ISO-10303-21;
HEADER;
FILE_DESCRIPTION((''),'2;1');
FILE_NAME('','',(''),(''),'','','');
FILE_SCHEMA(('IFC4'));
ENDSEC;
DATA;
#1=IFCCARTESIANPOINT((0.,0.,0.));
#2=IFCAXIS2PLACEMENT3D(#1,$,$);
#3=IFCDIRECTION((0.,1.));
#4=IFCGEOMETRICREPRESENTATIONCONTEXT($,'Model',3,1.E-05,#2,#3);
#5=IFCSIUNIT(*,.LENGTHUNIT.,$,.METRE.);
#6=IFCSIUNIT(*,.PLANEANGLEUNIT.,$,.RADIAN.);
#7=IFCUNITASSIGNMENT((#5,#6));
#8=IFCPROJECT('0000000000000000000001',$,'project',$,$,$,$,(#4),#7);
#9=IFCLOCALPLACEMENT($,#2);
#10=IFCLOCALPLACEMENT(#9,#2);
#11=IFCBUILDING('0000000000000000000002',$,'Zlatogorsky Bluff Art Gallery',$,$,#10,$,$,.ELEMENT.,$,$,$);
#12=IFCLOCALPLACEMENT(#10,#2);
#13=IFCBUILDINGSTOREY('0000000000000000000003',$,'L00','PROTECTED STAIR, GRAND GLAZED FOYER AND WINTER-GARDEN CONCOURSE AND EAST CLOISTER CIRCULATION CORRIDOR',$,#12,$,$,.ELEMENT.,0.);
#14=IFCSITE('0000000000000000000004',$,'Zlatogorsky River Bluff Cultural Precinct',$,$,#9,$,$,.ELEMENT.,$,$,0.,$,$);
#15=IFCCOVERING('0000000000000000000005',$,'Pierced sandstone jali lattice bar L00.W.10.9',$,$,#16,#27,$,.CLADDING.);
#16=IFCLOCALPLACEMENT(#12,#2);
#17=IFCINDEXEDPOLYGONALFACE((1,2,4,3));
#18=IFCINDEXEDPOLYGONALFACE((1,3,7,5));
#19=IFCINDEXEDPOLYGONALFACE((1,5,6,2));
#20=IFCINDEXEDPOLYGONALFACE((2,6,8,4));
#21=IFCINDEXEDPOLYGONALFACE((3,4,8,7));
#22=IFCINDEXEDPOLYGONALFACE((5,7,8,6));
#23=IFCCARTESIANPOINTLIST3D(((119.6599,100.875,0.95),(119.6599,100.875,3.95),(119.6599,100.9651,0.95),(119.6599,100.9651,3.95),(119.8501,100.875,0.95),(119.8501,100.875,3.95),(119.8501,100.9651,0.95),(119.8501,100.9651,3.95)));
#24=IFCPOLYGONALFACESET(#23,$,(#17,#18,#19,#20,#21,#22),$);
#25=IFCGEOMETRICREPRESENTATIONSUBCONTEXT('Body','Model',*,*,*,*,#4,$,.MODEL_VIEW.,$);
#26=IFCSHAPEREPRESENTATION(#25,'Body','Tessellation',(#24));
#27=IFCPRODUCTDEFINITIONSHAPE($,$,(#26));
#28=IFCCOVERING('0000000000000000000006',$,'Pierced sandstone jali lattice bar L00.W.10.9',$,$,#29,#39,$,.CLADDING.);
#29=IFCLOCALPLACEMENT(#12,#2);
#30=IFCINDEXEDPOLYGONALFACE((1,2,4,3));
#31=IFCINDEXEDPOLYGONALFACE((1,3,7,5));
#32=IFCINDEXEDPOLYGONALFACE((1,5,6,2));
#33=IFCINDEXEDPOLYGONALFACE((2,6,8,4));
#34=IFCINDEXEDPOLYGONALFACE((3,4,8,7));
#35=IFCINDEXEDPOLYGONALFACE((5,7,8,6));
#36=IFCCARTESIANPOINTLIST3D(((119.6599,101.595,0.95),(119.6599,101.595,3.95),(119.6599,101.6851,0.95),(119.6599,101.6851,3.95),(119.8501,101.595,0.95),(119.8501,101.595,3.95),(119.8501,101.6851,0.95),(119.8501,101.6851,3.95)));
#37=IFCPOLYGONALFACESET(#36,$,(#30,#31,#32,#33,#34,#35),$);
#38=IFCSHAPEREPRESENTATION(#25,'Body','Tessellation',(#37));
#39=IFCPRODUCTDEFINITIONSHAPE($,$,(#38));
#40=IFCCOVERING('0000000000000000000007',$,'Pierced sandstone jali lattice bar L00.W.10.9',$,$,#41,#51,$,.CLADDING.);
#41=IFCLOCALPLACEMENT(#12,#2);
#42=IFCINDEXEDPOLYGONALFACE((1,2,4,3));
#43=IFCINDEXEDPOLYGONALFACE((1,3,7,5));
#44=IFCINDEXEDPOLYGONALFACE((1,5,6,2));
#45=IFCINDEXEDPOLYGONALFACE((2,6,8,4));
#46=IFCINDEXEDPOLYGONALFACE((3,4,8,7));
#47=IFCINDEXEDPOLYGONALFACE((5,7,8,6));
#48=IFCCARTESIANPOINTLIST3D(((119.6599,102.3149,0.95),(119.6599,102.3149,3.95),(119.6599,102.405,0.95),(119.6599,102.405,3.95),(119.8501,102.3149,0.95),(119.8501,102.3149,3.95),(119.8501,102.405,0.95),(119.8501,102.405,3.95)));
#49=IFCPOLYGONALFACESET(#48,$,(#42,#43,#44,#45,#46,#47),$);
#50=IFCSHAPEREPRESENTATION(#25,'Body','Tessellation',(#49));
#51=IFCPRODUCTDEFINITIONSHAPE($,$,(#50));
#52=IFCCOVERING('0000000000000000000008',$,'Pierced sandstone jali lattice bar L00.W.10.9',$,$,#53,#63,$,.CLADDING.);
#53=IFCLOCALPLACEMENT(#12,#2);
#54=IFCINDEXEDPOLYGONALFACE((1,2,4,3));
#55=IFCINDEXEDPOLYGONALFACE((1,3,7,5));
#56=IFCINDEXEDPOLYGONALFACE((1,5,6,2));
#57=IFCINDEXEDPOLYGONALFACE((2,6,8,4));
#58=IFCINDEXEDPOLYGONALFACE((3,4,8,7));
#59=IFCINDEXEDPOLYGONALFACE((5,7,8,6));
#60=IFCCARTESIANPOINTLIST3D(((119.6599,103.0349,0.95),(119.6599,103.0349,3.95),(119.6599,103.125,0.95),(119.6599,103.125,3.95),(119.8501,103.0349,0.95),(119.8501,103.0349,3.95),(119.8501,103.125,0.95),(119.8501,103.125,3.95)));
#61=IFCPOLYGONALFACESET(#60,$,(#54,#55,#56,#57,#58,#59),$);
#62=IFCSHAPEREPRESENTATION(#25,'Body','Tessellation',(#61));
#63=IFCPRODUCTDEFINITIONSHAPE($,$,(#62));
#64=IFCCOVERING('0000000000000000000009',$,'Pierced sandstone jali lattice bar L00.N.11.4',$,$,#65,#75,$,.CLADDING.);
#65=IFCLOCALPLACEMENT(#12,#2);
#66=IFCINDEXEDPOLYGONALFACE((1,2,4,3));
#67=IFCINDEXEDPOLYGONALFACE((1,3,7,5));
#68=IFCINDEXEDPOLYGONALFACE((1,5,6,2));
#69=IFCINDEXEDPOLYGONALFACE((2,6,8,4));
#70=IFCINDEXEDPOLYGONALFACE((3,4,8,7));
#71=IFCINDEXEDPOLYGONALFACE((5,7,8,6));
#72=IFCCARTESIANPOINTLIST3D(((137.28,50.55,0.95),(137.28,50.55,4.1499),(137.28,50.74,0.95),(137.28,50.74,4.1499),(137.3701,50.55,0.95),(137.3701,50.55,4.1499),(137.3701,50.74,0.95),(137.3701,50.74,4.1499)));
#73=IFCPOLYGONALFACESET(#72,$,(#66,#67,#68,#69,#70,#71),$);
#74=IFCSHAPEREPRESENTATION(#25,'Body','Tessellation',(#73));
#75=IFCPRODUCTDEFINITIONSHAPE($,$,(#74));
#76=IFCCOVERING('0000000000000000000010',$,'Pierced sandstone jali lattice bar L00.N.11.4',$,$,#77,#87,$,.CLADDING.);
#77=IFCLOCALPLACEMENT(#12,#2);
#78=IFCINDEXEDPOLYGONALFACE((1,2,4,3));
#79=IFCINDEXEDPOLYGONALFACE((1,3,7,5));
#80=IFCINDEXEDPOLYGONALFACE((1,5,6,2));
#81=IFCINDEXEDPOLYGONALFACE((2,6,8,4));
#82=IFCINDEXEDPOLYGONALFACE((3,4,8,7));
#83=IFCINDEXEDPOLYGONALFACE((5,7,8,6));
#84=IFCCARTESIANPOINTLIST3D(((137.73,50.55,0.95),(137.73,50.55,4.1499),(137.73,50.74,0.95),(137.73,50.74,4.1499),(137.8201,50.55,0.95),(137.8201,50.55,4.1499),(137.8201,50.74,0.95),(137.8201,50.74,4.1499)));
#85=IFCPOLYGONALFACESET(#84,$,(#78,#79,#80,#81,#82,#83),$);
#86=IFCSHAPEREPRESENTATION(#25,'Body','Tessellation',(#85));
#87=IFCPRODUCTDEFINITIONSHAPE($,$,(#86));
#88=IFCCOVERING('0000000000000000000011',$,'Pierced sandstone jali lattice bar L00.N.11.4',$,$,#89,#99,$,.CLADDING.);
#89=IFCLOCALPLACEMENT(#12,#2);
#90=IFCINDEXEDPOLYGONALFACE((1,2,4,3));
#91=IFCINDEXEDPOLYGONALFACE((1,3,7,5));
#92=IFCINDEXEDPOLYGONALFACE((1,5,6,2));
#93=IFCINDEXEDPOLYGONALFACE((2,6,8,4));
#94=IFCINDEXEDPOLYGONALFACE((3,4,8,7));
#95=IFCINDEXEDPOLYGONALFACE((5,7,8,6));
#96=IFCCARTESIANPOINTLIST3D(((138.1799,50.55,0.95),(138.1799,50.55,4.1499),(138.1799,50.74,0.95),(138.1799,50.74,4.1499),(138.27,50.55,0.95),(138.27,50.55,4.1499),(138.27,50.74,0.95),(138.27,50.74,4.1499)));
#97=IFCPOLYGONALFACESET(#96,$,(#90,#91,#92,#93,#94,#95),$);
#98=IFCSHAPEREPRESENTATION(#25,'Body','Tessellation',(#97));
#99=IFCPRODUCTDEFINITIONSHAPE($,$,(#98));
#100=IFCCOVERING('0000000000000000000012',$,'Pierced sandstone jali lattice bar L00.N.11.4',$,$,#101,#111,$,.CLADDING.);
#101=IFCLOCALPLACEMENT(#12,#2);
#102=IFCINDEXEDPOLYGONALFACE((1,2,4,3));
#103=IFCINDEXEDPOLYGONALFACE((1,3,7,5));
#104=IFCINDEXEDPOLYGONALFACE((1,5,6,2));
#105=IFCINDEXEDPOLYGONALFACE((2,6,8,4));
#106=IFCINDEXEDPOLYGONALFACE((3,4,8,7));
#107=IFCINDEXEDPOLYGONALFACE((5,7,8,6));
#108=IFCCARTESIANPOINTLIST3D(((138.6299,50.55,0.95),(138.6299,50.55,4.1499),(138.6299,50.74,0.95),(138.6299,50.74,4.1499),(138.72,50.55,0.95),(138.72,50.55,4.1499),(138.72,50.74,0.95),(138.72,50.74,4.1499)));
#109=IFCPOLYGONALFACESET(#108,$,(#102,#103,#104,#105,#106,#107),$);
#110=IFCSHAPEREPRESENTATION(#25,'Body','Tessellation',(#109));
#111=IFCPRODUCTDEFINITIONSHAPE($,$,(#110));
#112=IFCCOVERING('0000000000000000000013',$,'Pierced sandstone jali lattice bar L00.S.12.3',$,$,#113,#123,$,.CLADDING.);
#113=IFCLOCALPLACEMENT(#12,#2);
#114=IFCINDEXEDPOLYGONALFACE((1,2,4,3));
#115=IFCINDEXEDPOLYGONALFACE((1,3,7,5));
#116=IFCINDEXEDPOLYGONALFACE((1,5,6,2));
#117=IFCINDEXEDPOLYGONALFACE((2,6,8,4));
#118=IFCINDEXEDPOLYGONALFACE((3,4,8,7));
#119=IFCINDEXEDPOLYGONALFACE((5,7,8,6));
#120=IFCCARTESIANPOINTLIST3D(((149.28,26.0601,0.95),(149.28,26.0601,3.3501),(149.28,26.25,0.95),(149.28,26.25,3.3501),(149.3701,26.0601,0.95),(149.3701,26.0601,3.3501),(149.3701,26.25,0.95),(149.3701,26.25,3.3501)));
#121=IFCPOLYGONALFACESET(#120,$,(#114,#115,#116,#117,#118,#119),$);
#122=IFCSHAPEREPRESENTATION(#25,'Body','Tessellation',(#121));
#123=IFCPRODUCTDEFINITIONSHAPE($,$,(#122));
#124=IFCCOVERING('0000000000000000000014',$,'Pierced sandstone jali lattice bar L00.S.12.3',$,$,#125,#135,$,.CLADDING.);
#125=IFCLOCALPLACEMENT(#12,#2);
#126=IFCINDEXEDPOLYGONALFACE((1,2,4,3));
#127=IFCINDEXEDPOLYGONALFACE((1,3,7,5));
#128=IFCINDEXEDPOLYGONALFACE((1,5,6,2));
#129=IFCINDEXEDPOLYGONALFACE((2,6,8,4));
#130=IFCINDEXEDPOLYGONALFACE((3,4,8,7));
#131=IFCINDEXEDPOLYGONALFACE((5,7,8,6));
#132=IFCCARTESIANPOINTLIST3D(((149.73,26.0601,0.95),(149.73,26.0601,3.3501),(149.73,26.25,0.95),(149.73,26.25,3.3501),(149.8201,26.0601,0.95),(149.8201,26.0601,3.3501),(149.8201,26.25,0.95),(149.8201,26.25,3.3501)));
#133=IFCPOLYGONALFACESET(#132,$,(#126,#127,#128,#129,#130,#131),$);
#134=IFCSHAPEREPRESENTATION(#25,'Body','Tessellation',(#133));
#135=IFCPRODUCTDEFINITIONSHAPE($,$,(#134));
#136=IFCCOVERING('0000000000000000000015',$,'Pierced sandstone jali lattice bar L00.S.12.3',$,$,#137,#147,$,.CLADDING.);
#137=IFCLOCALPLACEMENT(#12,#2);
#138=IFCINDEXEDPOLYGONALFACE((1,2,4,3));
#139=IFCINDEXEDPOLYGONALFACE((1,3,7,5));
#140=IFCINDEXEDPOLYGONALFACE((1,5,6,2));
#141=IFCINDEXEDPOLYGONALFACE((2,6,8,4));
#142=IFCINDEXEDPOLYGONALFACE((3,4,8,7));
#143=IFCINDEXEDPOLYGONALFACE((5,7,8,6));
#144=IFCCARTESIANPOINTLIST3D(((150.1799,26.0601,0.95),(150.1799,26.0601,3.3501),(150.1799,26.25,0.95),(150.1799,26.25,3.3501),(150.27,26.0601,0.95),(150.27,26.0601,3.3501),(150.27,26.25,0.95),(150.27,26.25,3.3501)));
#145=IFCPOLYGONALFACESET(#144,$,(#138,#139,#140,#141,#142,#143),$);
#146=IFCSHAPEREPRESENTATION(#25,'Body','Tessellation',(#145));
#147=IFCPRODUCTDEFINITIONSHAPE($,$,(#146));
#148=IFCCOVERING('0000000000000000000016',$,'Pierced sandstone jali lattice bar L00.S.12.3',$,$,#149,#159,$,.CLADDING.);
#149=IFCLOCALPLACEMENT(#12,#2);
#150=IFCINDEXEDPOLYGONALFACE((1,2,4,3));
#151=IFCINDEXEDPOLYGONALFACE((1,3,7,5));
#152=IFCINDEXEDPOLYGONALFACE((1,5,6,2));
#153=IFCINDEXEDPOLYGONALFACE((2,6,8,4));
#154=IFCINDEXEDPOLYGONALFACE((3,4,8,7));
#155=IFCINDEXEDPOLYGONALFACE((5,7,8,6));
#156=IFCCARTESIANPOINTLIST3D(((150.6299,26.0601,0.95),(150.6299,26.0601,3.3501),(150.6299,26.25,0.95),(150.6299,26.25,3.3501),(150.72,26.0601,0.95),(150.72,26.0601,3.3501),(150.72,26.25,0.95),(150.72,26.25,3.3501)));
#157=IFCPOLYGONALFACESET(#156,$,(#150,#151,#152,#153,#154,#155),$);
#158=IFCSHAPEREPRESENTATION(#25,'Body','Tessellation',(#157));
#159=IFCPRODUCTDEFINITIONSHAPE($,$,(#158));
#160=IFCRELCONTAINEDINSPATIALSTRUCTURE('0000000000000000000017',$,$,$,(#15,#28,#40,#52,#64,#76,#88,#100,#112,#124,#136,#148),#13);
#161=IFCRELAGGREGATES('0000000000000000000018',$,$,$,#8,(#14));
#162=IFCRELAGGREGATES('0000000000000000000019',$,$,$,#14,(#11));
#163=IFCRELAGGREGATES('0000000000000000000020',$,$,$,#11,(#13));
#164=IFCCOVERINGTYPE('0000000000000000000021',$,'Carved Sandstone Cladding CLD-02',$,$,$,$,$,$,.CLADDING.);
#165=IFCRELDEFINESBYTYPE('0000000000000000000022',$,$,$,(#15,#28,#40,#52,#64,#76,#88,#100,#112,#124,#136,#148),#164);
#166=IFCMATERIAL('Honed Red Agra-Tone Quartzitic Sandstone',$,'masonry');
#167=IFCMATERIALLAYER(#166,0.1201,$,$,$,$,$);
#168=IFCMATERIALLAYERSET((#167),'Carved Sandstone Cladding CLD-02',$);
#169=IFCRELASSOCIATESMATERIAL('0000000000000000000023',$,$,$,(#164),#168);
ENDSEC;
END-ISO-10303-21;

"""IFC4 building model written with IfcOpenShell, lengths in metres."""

from ifc_helpers import new_model, si_unit, direction, frame, origin, place, context, subcontext, project, spatial, polyline, outline, extrude, material, layer, layer_set, type_object, element, save


model = new_model("IFC4")

# Units and contexts
model_context = context("Model", 3, precision=1e-05, world=origin(), true_north=direction((0.0, 1.0)))
body_context = subcontext(model_context, "Body", "Model", "MODEL_VIEW")
ifc_project = project(units=[si_unit("LENGTHUNIT", "METRE"), si_unit("PLANEANGLEUNIT", "RADIAN")], contexts=[model_context])

# Site, building, storey
site_placement = place(None, origin())
site = spatial("IfcSite", under=ifc_project, at=site_placement, Name="Zlatogorsky River Bluff Cultural Precinct", CompositionType="ELEMENT", RefElevation=0.0)
building_placement = place(site_placement, origin())
building = spatial("IfcBuilding", under=site, at=building_placement, Name="Zlatogorsky Bluff Art Gallery", CompositionType="ELEMENT")
storey_placement = place(building_placement, origin())
storey = spatial("IfcBuildingStorey", under=building, at=storey_placement, Name="L00", Description="PROTECTED STAIR, GRAND GLAZED FOYER AND WINTER-GARDEN CONCOURSE AND EAST CLOISTER CIRCULATION CORRIDOR", CompositionType="ELEMENT", Elevation=0.0)

# Coverings
ifc_material = material(Name="Honed Red Agra-Tone Quartzitic Sandstone", Category="masonry")
ifc_layer = layer(ifc_material, 0.1201)
ifc_layer_set = layer_set([ifc_layer], Name="Carved Sandstone Cladding CLD-02")
covering_type = type_object("IfcCoveringType", Name="Carved Sandstone Cladding CLD-02", PredefinedType="CLADDING", material=ifc_layer_set)
covering_1_placement = place(storey_placement, frame((0.0, 0.0, 0.95)))
element("IfcCovering", 1, at=covering_1_placement, inside=storey, type_object=covering_type, Name="Pierced sandstone jali lattice bar L00.W.10.9", PredefinedType="CLADDING", context=body_context, shape_type="SweptSolid", body=[
    extrude(outline(polyline([(119.6599, 100.875), (119.6599, 100.9651), (119.8501, 100.9651), (119.8501, 100.875), (119.6599, 100.875)])), origin(), (0.0, 0.0, 1.0), 3.0),
])
covering_2_placement = place(storey_placement, frame((0.0, 0.0, 0.95)))
element("IfcCovering", 2, at=covering_2_placement, inside=storey, type_object=covering_type, Name="Pierced sandstone jali lattice bar L00.W.10.9", PredefinedType="CLADDING", context=body_context, shape_type="SweptSolid", body=[
    extrude(outline(polyline([(119.6599, 101.595), (119.6599, 101.6851), (119.8501, 101.6851), (119.8501, 101.595), (119.6599, 101.595)])), origin(), (0.0, 0.0, 1.0), 3.0),
])
covering_3_placement = place(storey_placement, frame((0.0, 0.0, 0.95)))
element("IfcCovering", 3, at=covering_3_placement, inside=storey, type_object=covering_type, Name="Pierced sandstone jali lattice bar L00.W.10.9", PredefinedType="CLADDING", context=body_context, shape_type="SweptSolid", body=[
    extrude(outline(polyline([(119.6599, 102.3149), (119.6599, 102.405), (119.8501, 102.405), (119.8501, 102.3149), (119.6599, 102.3149)])), origin(), (0.0, 0.0, 1.0), 3.0),
])
covering_4_placement = place(storey_placement, frame((0.0, 0.0, 0.95)))
element("IfcCovering", 4, at=covering_4_placement, inside=storey, type_object=covering_type, Name="Pierced sandstone jali lattice bar L00.W.10.9", PredefinedType="CLADDING", context=body_context, shape_type="SweptSolid", body=[
    extrude(outline(polyline([(119.6599, 103.0349), (119.6599, 103.125), (119.8501, 103.125), (119.8501, 103.0349), (119.6599, 103.0349)])), origin(), (0.0, 0.0, 1.0), 3.0),
])
covering_5_placement = place(storey_placement, frame((0.0, 0.0, 0.95)))
element("IfcCovering", 5, at=covering_5_placement, inside=storey, type_object=covering_type, Name="Pierced sandstone jali lattice bar L00.N.11.4", PredefinedType="CLADDING", context=body_context, shape_type="SweptSolid", body=[
    extrude(outline(polyline([(137.28, 50.55), (137.3701, 50.55), (137.3701, 50.74), (137.28, 50.74), (137.28, 50.55)])), origin(), (0.0, 0.0, 1.0), 3.2),
])
covering_6_placement = place(storey_placement, frame((0.0, 0.0, 0.95)))
element("IfcCovering", 6, at=covering_6_placement, inside=storey, type_object=covering_type, Name="Pierced sandstone jali lattice bar L00.N.11.4", PredefinedType="CLADDING", context=body_context, shape_type="SweptSolid", body=[
    extrude(outline(polyline([(137.73, 50.55), (137.8201, 50.55), (137.8201, 50.74), (137.73, 50.74), (137.73, 50.55)])), origin(), (0.0, 0.0, 1.0), 3.2),
])
covering_7_placement = place(storey_placement, frame((0.0, 0.0, 0.95)))
element("IfcCovering", 7, at=covering_7_placement, inside=storey, type_object=covering_type, Name="Pierced sandstone jali lattice bar L00.N.11.4", PredefinedType="CLADDING", context=body_context, shape_type="SweptSolid", body=[
    extrude(outline(polyline([(138.1799, 50.55), (138.27, 50.55), (138.27, 50.74), (138.1799, 50.74), (138.1799, 50.55)])), origin(), (0.0, 0.0, 1.0), 3.2),
])
covering_8_placement = place(storey_placement, frame((0.0, 0.0, 0.95)))
element("IfcCovering", 8, at=covering_8_placement, inside=storey, type_object=covering_type, Name="Pierced sandstone jali lattice bar L00.N.11.4", PredefinedType="CLADDING", context=body_context, shape_type="SweptSolid", body=[
    extrude(outline(polyline([(138.6299, 50.55), (138.72, 50.55), (138.72, 50.74), (138.6299, 50.74), (138.6299, 50.55)])), origin(), (0.0, 0.0, 1.0), 3.2),
])
covering_9_placement = place(storey_placement, frame((0.0, 0.0, 0.95)))
element("IfcCovering", 9, at=covering_9_placement, inside=storey, type_object=covering_type, Name="Pierced sandstone jali lattice bar L00.S.12.3", PredefinedType="CLADDING", context=body_context, shape_type="SweptSolid", body=[
    extrude(outline(polyline([(149.28, 26.0601), (149.3701, 26.0601), (149.3701, 26.25), (149.28, 26.25), (149.28, 26.0601)])), origin(), (0.0, 0.0, 1.0), 2.4001),
])
covering_10_placement = place(storey_placement, frame((0.0, 0.0, 0.95)))
element("IfcCovering", 10, at=covering_10_placement, inside=storey, type_object=covering_type, Name="Pierced sandstone jali lattice bar L00.S.12.3", PredefinedType="CLADDING", context=body_context, shape_type="SweptSolid", body=[
    extrude(outline(polyline([(149.73, 26.0601), (149.8201, 26.0601), (149.8201, 26.25), (149.73, 26.25), (149.73, 26.0601)])), origin(), (0.0, 0.0, 1.0), 2.4001),
])
covering_11_placement = place(storey_placement, frame((0.0, 0.0, 0.95)))
element("IfcCovering", 11, at=covering_11_placement, inside=storey, type_object=covering_type, Name="Pierced sandstone jali lattice bar L00.S.12.3", PredefinedType="CLADDING", context=body_context, shape_type="SweptSolid", body=[
    extrude(outline(polyline([(150.1799, 26.0601), (150.27, 26.0601), (150.27, 26.25), (150.1799, 26.25), (150.1799, 26.0601)])), origin(), (0.0, 0.0, 1.0), 2.4001),
])
covering_12_placement = place(storey_placement, frame((0.0, 0.0, 0.95)))
element("IfcCovering", 12, at=covering_12_placement, inside=storey, type_object=covering_type, Name="Pierced sandstone jali lattice bar L00.S.12.3", PredefinedType="CLADDING", context=body_context, shape_type="SweptSolid", body=[
    extrude(outline(polyline([(150.6299, 26.0601), (150.72, 26.0601), (150.72, 26.25), (150.6299, 26.25), (150.6299, 26.0601)])), origin(), (0.0, 0.0, 1.0), 2.4001),
])

save(model, "model.ifc")
